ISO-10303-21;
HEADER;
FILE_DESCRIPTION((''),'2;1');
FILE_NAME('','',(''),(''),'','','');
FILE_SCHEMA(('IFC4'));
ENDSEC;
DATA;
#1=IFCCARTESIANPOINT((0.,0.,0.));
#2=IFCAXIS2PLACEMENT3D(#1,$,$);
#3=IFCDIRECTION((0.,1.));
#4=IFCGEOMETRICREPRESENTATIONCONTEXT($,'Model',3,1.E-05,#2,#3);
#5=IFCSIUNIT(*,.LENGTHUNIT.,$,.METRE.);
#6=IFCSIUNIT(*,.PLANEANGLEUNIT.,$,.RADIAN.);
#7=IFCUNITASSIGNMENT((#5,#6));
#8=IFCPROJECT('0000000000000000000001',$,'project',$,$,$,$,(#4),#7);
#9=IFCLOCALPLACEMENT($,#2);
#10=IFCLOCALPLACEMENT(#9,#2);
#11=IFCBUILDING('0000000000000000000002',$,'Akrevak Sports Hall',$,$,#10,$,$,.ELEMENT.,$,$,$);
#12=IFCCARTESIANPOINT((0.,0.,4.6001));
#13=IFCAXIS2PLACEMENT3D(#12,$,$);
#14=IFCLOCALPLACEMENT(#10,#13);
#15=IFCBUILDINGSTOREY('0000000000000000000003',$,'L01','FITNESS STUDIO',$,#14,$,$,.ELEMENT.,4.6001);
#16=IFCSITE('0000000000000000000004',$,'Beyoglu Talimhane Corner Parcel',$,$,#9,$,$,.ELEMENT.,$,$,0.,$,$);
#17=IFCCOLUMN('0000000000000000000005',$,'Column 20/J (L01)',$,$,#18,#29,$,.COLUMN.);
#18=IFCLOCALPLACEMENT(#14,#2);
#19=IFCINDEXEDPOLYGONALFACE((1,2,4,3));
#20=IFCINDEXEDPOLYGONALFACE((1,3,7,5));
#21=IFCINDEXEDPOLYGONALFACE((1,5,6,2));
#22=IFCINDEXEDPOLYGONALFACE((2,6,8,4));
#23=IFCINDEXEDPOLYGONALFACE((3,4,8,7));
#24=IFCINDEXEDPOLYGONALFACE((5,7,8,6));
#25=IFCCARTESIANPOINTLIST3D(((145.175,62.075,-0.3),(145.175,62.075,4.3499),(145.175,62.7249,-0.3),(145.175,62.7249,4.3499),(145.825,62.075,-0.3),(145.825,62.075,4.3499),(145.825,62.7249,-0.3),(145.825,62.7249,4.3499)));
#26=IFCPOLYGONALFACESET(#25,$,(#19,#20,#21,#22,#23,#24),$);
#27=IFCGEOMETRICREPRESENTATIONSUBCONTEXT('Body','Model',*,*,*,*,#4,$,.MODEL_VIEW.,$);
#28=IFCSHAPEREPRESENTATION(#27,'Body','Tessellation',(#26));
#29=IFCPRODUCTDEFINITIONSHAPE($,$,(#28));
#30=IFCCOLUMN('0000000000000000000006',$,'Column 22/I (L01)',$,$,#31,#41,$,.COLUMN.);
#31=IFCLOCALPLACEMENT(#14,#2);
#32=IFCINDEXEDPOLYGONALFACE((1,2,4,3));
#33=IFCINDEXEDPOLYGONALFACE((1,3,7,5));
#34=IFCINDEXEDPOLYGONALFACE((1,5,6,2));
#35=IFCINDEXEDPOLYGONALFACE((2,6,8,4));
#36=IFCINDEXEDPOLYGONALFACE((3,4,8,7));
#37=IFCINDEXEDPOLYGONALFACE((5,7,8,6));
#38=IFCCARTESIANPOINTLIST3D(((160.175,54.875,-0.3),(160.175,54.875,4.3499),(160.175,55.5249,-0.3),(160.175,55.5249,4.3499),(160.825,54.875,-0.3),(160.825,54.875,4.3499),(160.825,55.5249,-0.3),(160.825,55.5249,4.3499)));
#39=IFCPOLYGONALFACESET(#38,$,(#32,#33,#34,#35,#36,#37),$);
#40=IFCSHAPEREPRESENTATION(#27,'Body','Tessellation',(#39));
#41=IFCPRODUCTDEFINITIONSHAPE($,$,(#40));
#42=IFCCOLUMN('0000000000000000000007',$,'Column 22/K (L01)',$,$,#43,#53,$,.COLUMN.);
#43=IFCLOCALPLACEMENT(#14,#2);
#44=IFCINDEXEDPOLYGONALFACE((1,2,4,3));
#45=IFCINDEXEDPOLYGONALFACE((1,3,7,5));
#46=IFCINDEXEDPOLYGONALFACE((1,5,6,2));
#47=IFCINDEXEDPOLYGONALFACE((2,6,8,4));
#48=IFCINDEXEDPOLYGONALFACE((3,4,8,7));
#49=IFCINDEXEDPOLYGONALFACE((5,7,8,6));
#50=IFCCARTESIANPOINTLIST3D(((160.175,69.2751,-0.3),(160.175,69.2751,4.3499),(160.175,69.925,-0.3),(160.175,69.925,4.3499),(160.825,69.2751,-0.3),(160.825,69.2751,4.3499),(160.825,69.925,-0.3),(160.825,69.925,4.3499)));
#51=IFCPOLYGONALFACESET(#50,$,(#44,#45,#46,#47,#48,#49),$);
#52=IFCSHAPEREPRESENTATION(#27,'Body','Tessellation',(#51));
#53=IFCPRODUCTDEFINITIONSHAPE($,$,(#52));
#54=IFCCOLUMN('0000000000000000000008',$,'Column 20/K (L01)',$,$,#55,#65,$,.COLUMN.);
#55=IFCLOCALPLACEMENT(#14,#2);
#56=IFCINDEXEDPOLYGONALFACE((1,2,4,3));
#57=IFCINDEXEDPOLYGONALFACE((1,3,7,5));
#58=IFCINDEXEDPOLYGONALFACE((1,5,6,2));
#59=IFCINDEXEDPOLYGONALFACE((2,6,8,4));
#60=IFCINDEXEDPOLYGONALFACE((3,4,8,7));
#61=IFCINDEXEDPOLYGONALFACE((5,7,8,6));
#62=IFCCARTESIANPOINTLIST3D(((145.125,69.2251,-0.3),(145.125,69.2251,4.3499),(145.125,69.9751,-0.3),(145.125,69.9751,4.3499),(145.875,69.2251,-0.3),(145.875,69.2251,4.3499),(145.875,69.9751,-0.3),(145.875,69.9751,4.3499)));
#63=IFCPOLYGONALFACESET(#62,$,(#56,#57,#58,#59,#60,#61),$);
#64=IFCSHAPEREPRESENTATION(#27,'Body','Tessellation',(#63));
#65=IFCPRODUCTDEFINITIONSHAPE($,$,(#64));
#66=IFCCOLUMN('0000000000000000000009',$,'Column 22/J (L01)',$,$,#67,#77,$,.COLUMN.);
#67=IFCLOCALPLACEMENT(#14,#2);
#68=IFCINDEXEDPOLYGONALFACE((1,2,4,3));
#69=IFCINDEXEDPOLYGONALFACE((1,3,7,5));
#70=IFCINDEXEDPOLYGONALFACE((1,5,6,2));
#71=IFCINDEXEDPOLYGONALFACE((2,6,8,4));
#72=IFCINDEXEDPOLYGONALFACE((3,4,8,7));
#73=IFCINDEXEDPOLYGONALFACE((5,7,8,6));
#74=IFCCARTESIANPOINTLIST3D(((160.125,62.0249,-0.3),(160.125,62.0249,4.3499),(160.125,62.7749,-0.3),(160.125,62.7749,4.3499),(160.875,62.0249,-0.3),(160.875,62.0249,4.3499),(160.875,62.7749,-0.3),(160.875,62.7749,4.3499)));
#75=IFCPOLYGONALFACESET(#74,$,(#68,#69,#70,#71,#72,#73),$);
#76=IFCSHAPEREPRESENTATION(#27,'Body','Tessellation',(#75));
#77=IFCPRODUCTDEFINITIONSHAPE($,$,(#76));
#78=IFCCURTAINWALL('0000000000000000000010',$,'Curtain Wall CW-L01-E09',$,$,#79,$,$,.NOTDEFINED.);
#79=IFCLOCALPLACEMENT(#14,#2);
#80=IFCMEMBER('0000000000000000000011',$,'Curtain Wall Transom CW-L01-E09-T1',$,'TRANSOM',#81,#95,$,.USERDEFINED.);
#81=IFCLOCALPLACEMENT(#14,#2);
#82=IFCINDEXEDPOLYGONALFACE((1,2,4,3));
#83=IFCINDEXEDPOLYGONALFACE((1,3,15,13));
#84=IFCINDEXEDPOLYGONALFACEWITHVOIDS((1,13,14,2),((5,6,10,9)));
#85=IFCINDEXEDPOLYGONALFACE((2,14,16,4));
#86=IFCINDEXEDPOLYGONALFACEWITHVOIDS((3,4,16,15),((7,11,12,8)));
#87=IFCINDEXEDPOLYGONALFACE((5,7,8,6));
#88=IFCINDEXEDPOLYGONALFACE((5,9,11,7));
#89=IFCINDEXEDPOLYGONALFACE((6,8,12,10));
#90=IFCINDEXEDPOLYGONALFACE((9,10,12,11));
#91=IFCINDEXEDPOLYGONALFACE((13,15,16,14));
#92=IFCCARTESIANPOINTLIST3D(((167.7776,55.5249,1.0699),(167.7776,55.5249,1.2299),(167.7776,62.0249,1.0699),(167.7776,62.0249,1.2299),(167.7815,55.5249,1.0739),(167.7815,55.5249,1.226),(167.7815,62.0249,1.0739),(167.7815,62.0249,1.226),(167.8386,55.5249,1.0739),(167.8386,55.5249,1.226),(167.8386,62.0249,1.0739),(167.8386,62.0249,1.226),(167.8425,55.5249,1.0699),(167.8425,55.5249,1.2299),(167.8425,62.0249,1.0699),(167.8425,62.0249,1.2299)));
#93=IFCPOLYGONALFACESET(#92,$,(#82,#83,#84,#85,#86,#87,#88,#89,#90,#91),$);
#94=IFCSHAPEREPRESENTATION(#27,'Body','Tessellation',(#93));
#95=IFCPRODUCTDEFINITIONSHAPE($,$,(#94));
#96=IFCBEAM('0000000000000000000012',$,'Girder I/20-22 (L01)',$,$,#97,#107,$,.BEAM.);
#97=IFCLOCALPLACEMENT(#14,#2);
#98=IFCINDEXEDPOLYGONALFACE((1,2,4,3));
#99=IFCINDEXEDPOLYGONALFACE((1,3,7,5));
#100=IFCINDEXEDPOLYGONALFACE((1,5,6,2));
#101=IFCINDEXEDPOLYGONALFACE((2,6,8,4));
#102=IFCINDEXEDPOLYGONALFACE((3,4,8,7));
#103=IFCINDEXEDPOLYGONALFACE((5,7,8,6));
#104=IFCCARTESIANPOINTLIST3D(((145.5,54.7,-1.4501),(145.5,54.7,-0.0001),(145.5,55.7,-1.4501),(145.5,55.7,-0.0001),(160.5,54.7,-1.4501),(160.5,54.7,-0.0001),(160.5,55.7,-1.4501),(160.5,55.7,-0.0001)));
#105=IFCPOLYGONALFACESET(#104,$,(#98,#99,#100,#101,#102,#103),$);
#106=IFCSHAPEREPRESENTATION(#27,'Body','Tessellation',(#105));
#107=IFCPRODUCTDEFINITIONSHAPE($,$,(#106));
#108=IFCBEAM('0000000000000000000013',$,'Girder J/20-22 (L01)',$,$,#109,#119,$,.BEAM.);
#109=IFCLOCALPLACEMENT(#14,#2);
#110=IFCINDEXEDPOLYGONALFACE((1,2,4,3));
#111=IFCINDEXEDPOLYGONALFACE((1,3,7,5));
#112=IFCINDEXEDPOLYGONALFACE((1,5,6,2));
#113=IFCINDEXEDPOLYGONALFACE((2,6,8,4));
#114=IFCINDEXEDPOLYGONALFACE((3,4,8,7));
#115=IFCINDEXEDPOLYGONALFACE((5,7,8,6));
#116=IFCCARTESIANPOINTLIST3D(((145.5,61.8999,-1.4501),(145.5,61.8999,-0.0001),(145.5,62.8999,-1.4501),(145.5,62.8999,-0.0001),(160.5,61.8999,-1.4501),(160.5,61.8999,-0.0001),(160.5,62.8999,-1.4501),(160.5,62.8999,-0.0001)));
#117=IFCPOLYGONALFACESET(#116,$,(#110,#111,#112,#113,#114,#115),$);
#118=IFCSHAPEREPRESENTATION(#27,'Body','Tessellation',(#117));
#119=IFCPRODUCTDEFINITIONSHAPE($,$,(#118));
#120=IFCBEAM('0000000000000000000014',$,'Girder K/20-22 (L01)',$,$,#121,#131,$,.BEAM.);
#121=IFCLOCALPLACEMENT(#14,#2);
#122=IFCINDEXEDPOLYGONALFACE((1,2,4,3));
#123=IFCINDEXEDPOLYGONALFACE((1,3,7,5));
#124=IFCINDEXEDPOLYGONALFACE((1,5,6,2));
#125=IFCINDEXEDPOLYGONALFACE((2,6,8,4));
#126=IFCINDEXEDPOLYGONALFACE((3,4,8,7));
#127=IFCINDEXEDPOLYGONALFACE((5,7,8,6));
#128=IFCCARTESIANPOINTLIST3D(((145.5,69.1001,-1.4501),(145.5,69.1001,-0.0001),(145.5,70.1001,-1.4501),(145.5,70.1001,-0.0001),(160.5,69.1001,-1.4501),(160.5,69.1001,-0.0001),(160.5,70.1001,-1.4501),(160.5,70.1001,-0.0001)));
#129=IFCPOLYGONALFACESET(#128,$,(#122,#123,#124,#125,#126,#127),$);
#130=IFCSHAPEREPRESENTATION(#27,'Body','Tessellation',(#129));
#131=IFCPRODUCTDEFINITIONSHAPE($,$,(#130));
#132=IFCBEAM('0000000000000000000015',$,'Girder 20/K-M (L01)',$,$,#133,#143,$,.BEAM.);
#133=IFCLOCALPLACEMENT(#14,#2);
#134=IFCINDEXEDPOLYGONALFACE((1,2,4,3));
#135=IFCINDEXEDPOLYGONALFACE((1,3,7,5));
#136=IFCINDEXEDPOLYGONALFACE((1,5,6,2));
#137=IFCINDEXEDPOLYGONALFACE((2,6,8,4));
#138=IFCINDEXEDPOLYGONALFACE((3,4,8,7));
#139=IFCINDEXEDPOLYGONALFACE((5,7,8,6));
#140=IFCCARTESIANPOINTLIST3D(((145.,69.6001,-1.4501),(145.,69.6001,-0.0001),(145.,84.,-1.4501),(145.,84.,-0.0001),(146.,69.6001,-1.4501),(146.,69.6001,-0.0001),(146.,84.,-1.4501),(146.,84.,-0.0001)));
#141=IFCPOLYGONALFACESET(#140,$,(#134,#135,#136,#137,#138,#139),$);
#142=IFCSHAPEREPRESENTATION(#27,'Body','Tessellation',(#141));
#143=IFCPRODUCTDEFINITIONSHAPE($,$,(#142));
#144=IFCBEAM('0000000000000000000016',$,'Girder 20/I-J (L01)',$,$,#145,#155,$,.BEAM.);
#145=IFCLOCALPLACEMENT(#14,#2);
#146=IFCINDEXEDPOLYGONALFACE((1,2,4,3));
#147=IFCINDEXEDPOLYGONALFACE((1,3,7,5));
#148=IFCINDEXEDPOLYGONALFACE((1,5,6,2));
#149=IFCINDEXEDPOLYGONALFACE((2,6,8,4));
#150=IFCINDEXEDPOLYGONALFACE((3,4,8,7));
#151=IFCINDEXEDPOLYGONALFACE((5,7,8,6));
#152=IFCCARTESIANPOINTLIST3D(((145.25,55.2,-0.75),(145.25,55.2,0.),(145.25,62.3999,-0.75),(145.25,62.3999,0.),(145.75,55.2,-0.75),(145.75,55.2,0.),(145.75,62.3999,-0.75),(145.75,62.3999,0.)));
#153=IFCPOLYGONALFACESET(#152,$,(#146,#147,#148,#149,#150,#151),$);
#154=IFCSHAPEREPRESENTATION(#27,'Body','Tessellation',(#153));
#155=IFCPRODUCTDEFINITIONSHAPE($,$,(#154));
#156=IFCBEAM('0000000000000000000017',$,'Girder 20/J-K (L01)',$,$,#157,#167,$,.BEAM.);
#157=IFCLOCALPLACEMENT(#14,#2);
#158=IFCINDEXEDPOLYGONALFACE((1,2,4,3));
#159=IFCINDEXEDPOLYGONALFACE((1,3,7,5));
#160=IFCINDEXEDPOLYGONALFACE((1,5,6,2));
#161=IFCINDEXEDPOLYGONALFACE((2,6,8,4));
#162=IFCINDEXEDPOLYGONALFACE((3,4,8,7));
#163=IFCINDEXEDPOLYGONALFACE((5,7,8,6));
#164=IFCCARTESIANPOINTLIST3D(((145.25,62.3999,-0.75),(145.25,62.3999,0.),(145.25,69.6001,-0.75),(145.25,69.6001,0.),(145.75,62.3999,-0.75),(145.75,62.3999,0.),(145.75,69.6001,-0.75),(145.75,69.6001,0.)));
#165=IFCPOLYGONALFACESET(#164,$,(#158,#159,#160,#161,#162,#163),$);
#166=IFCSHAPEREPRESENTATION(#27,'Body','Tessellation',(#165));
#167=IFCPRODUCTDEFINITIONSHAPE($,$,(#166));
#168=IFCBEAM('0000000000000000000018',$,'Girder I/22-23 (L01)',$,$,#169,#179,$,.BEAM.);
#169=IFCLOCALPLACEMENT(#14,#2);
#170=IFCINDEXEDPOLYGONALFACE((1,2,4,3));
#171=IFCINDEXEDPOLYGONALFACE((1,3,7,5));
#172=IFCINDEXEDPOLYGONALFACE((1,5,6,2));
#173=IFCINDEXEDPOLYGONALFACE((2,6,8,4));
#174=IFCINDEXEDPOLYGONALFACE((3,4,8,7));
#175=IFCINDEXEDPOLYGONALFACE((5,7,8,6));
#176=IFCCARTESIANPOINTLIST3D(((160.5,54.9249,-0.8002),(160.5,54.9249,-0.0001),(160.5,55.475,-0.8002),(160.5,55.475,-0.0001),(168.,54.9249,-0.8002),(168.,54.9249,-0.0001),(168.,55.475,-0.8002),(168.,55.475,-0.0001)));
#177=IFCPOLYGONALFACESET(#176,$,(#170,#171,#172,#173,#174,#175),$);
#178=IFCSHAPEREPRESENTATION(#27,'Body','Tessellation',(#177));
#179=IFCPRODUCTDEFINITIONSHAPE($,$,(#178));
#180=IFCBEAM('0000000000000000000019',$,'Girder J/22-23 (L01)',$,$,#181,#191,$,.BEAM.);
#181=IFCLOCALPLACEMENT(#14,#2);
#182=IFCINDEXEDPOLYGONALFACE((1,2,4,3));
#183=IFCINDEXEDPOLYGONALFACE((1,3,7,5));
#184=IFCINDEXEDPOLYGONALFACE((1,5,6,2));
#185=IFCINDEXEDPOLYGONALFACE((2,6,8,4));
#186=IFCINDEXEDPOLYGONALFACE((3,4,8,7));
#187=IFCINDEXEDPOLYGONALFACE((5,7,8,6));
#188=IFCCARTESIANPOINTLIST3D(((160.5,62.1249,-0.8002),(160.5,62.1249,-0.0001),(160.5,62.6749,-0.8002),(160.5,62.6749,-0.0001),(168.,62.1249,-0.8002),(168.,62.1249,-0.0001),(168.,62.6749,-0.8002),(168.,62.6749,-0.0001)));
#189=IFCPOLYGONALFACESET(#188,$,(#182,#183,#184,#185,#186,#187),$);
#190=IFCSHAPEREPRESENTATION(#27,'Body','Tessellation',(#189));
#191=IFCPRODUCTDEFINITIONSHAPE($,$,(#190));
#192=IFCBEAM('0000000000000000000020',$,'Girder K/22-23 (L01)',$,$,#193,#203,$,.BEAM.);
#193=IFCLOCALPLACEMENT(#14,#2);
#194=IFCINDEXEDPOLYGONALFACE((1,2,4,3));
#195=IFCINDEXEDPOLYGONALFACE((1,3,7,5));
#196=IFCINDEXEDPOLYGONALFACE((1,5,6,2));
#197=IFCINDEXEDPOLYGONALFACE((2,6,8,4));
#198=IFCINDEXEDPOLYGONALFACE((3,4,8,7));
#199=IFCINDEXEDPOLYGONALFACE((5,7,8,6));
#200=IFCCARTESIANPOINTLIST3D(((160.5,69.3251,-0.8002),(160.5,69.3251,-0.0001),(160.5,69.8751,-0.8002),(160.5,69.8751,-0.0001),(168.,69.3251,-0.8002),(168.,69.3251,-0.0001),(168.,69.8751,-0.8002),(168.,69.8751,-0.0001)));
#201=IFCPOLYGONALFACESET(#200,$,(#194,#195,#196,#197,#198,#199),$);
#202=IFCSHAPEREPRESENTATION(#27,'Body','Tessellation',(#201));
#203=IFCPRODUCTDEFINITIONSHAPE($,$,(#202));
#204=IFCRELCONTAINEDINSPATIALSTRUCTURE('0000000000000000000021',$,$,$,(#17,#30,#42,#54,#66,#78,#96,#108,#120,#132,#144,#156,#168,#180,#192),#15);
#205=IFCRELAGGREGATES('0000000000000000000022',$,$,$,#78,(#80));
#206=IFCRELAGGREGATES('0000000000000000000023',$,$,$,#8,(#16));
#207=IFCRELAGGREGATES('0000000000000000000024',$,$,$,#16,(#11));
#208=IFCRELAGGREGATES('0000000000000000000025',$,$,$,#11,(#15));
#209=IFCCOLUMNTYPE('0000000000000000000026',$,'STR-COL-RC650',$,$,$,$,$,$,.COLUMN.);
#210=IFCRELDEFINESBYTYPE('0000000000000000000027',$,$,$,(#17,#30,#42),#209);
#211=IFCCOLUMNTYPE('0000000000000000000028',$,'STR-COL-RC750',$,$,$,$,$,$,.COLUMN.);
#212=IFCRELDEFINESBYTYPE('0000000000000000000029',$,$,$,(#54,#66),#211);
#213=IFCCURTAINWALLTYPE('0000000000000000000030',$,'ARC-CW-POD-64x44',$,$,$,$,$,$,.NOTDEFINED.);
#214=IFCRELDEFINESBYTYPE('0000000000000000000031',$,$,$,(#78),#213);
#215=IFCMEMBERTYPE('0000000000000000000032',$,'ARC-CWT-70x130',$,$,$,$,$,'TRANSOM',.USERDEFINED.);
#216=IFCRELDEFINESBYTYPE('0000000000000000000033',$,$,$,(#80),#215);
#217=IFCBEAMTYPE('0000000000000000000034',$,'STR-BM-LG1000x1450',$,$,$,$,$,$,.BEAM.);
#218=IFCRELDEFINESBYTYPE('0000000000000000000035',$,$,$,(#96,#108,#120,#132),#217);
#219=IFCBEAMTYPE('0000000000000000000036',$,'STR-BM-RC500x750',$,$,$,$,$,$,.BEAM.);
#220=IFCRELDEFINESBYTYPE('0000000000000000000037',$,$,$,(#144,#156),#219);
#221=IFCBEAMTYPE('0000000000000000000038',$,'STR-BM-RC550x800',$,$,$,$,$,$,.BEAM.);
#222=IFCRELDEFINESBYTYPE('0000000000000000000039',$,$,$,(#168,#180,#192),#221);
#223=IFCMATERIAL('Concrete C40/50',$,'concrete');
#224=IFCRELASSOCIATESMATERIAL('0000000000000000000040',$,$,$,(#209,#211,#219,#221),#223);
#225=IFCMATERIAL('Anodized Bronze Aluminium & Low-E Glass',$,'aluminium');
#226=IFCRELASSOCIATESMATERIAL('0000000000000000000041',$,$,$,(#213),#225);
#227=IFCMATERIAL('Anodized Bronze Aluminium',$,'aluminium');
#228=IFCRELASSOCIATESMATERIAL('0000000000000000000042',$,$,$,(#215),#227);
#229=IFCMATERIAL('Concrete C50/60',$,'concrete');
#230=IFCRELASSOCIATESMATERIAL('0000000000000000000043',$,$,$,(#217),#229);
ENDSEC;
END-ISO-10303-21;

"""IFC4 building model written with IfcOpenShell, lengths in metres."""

from ifc_helpers import new_model, si_unit, direction, frame, origin, origin_2d, place, context, subcontext, project, spatial, rectangle, hollow_rectangle, extrude, material, material_profile, profile_set, type_object, element, aggregate, save


model = new_model("IFC4")

# Units and contexts
model_context = context("Model", 3, precision=1e-05, world=origin(), true_north=direction((0.0, 1.0)))
body_context = subcontext(model_context, "Body", "Model", "MODEL_VIEW")
ifc_project = project(units=[si_unit("LENGTHUNIT", "METRE"), si_unit("PLANEANGLEUNIT", "RADIAN")], contexts=[model_context])

# Site, building, storey
site_placement = place(None, origin())
site = spatial("IfcSite", under=ifc_project, at=site_placement, Name="Beyoglu Talimhane Corner Parcel", CompositionType="ELEMENT", RefElevation=0.0)
building_placement = place(site_placement, origin())
building = spatial("IfcBuilding", under=site, at=building_placement, Name="Akrevak Sports Hall", CompositionType="ELEMENT")
storey_placement = place(building_placement, frame((0.0, 0.0, 4.6001)))
storey = spatial("IfcBuildingStorey", under=building, at=storey_placement, Name="L01", Description="FITNESS STUDIO", CompositionType="ELEMENT", Elevation=4.6001)

# Columns
ifc_material_1 = material(Name="Concrete C40/50", Category="concrete")
ifc_material_profile_1 = material_profile(ifc_material_1, rectangle(XDim=0.6499, YDim=0.6499, at=origin_2d()), Name="RC 650x650", Category="concrete")
ifc_profile_set_1 = profile_set([ifc_material_profile_1], Name="Concrete C40/50")
column_type_1 = type_object("IfcColumnType", Name="STR-COL-RC650", PredefinedType="COLUMN", material=ifc_profile_set_1)
for number, where, z_axis, x_axis, name in (
    (1, (145.5, 62.3999, -0.3), (0.0, 0.0, 1.0), (1.0, 0.0, 0.0), "Column 20/J (L01)"),
    (2, (160.5, 55.2, -0.3), (0.0, 0.0, 1.0), (1.0, 0.0, 0.0), "Column 22/I (L01)"),
    (3, (160.5, 69.6001, -0.3), (0.0, 0.0, 1.0), (1.0, 0.0, 0.0), "Column 22/K (L01)"),
):
    element("IfcColumn", number, at=place(storey_placement, frame(where, z_axis=z_axis, x_axis=x_axis)), inside=storey, type_object=column_type_1, Name=name, PredefinedType="COLUMN", context=body_context, shape_type="SweptSolid", body=[
        extrude(rectangle(XDim=0.6499, YDim=0.6499, at=origin_2d()), origin(), (0.0, 0.0, 1.0), 4.6499),
    ])
ifc_material_profile_2 = material_profile(ifc_material_1, rectangle(XDim=0.75, YDim=0.75, at=origin_2d()), Name="RC 750x750", Category="concrete")
ifc_profile_set_2 = profile_set([ifc_material_profile_2], Name="Concrete C40/50")
column_type_2 = type_object("IfcColumnType", Name="STR-COL-RC750", PredefinedType="COLUMN", material=ifc_profile_set_2)
for number, where, z_axis, x_axis, name in (
    (4, (145.5, 69.6001, -0.3), (0.0, 0.0, 1.0), (1.0, 0.0, 0.0), "Column 20/K (L01)"),
    (5, (160.5, 62.3999, -0.3), (0.0, 0.0, 1.0), (1.0, 0.0, 0.0), "Column 22/J (L01)"),
):
    element("IfcColumn", number, at=place(storey_placement, frame(where, z_axis=z_axis, x_axis=x_axis)), inside=storey, type_object=column_type_2, Name=name, PredefinedType="COLUMN", context=body_context, shape_type="SweptSolid", body=[
        extrude(rectangle(XDim=0.75, YDim=0.75, at=origin_2d()), origin(), (0.0, 0.0, 1.0), 4.6499),
    ])

# Curtain wall, member
ifc_material_2 = material(Name="Anodized Bronze Aluminium & Low-E Glass", Category="aluminium")
curtain_wall_type = type_object("IfcCurtainWallType", Name="ARC-CW-POD-64x44", PredefinedType="NOTDEFINED", material=ifc_material_2)
curtain_wall_placement = place(storey_placement, origin())
curtain_wall = element("IfcCurtainWall", 6, at=curtain_wall_placement, inside=storey, type_object=curtain_wall_type, Name="Curtain Wall CW-L01-E09", PredefinedType="NOTDEFINED")
ifc_material_3 = material(Name="Anodized Bronze Aluminium", Category="aluminium")
ifc_material_profile_3 = material_profile(ifc_material_3, hollow_rectangle(XDim=0.0649, YDim=0.1599, WallThickness=0.0039, at=origin_2d()), Name="CWT 65x160", Category="aluminium")
ifc_profile_set_3 = profile_set([ifc_material_profile_3], Name="Anodized Bronze Aluminium")
member_type = type_object("IfcMemberType", Name="ARC-CWT-70x130", ElementType="TRANSOM", PredefinedType="USERDEFINED", material=ifc_profile_set_3)
member_placement = place(storey_placement, frame((167.8101, 55.5249, 1.1499), z_axis=(0.0, 1.0, 0.0), x_axis=(-1.0, 0.0, 0.0)))
member = element("IfcMember", 7, at=member_placement, type_object=member_type, Name="Curtain Wall Transom CW-L01-E09-T1", ObjectType="TRANSOM", PredefinedType="USERDEFINED", context=body_context, shape_type="SweptSolid", body=[
    extrude(hollow_rectangle(XDim=0.0649, YDim=0.1599, WallThickness=0.0039, at=origin_2d()), origin(), (0.0, 0.0, 1.0), 6.5),
])
aggregate(curtain_wall, [member])

# Beams
ifc_material_4 = material(Name="Concrete C50/60", Category="concrete")
ifc_material_profile_4 = material_profile(ifc_material_4, rectangle(XDim=1.0, YDim=1.45, at=origin_2d()), Name="BM 1000x1450", Category="concrete")
ifc_profile_set_4 = profile_set([ifc_material_profile_4], Name="Concrete C50/60")
beam_type_1 = type_object("IfcBeamType", Name="STR-BM-LG1000x1450", PredefinedType="BEAM", material=ifc_profile_set_4)
for number, where, z_axis, x_axis, name in (
    (8, (145.5, 55.2, -0.7251), (1.0, 0.0, 0.0), (0.0, 1.0, 0.0), "Girder I/20-22 (L01)"),
    (9, (145.5, 62.3999, -0.7251), (1.0, 0.0, 0.0), (0.0, 1.0, 0.0), "Girder J/20-22 (L01)"),
    (10, (145.5, 69.6001, -0.7251), (1.0, 0.0, 0.0), (0.0, 1.0, 0.0), "Girder K/20-22 (L01)"),
):
    element("IfcBeam", number, at=place(storey_placement, frame(where, z_axis=z_axis, x_axis=x_axis)), inside=storey, type_object=beam_type_1, Name=name, PredefinedType="BEAM", context=body_context, shape_type="SweptSolid", body=[
        extrude(rectangle(XDim=1.0, YDim=1.45, at=origin_2d()), origin(), (0.0, 0.0, 1.0), 15.0),
    ])
beam_1_placement = place(storey_placement, frame((145.5, 69.6001, -0.7251), z_axis=(0.0, 1.0, 0.0), x_axis=(-1.0, 0.0, 0.0)))
element("IfcBeam", 11, at=beam_1_placement, inside=storey, type_object=beam_type_1, Name="Girder 20/K-M (L01)", PredefinedType="BEAM", context=body_context, shape_type="SweptSolid", body=[
    extrude(rectangle(XDim=1.0, YDim=1.45, at=origin_2d()), origin(), (0.0, 0.0, 1.0), 14.3999),
])
ifc_material_profile_5 = material_profile(ifc_material_1, rectangle(XDim=0.5, YDim=0.75, at=origin_2d()), Name="BM 500x750", Category="concrete")
ifc_profile_set_5 = profile_set([ifc_material_profile_5], Name="Concrete C40/50")
beam_type_2 = type_object("IfcBeamType", Name="STR-BM-RC500x750", PredefinedType="BEAM", material=ifc_profile_set_5)
beam_2_placement = place(storey_placement, frame((145.5, 55.2, -0.375), z_axis=(0.0, 1.0, 0.0), x_axis=(-1.0, 0.0, 0.0)))
element("IfcBeam", 12, at=beam_2_placement, inside=storey, type_object=beam_type_2, Name="Girder 20/I-J (L01)", PredefinedType="BEAM", context=body_context, shape_type="SweptSolid", body=[
    extrude(rectangle(XDim=0.5, YDim=0.75, at=origin_2d()), origin(), (0.0, 0.0, 1.0), 7.2),
])
beam_3_placement = place(storey_placement, frame((145.5, 62.3999, -0.375), z_axis=(0.0, 1.0, 0.0), x_axis=(-1.0, 0.0, 0.0)))
element("IfcBeam", 13, at=beam_3_placement, inside=storey, type_object=beam_type_2, Name="Girder 20/J-K (L01)", PredefinedType="BEAM", context=body_context, shape_type="SweptSolid", body=[
    extrude(rectangle(XDim=0.5, YDim=0.75, at=origin_2d()), origin(), (0.0, 0.0, 1.0), 7.2002),
])
ifc_material_profile_6 = material_profile(ifc_material_1, rectangle(XDim=0.55, YDim=0.8, at=origin_2d()), Name="BM 550x800", Category="concrete")
ifc_profile_set_6 = profile_set([ifc_material_profile_6], Name="Concrete C40/50")
beam_type_3 = type_object("IfcBeamType", Name="STR-BM-RC550x800", PredefinedType="BEAM", material=ifc_profile_set_6)
for number, where, z_axis, x_axis, name in (
    (14, (160.5, 55.2, -0.4001), (1.0, 0.0, 0.0), (0.0, 1.0, 0.0), "Girder I/22-23 (L01)"),
    (15, (160.5, 62.3999, -0.4001), (1.0, 0.0, 0.0), (0.0, 1.0, 0.0), "Girder J/22-23 (L01)"),
    (16, (160.5, 69.6001, -0.4001), (1.0, 0.0, 0.0), (0.0, 1.0, 0.0), "Girder K/22-23 (L01)"),
):
    element("IfcBeam", number, at=place(storey_placement, frame(where, z_axis=z_axis, x_axis=x_axis)), inside=storey, type_object=beam_type_3, Name=name, PredefinedType="BEAM", context=body_context, shape_type="SweptSolid", body=[
        extrude(rectangle(XDim=0.55, YDim=0.8, at=origin_2d()), origin(), (0.0, 0.0, 1.0), 7.5),
    ])

save(model, "model.ifc")
